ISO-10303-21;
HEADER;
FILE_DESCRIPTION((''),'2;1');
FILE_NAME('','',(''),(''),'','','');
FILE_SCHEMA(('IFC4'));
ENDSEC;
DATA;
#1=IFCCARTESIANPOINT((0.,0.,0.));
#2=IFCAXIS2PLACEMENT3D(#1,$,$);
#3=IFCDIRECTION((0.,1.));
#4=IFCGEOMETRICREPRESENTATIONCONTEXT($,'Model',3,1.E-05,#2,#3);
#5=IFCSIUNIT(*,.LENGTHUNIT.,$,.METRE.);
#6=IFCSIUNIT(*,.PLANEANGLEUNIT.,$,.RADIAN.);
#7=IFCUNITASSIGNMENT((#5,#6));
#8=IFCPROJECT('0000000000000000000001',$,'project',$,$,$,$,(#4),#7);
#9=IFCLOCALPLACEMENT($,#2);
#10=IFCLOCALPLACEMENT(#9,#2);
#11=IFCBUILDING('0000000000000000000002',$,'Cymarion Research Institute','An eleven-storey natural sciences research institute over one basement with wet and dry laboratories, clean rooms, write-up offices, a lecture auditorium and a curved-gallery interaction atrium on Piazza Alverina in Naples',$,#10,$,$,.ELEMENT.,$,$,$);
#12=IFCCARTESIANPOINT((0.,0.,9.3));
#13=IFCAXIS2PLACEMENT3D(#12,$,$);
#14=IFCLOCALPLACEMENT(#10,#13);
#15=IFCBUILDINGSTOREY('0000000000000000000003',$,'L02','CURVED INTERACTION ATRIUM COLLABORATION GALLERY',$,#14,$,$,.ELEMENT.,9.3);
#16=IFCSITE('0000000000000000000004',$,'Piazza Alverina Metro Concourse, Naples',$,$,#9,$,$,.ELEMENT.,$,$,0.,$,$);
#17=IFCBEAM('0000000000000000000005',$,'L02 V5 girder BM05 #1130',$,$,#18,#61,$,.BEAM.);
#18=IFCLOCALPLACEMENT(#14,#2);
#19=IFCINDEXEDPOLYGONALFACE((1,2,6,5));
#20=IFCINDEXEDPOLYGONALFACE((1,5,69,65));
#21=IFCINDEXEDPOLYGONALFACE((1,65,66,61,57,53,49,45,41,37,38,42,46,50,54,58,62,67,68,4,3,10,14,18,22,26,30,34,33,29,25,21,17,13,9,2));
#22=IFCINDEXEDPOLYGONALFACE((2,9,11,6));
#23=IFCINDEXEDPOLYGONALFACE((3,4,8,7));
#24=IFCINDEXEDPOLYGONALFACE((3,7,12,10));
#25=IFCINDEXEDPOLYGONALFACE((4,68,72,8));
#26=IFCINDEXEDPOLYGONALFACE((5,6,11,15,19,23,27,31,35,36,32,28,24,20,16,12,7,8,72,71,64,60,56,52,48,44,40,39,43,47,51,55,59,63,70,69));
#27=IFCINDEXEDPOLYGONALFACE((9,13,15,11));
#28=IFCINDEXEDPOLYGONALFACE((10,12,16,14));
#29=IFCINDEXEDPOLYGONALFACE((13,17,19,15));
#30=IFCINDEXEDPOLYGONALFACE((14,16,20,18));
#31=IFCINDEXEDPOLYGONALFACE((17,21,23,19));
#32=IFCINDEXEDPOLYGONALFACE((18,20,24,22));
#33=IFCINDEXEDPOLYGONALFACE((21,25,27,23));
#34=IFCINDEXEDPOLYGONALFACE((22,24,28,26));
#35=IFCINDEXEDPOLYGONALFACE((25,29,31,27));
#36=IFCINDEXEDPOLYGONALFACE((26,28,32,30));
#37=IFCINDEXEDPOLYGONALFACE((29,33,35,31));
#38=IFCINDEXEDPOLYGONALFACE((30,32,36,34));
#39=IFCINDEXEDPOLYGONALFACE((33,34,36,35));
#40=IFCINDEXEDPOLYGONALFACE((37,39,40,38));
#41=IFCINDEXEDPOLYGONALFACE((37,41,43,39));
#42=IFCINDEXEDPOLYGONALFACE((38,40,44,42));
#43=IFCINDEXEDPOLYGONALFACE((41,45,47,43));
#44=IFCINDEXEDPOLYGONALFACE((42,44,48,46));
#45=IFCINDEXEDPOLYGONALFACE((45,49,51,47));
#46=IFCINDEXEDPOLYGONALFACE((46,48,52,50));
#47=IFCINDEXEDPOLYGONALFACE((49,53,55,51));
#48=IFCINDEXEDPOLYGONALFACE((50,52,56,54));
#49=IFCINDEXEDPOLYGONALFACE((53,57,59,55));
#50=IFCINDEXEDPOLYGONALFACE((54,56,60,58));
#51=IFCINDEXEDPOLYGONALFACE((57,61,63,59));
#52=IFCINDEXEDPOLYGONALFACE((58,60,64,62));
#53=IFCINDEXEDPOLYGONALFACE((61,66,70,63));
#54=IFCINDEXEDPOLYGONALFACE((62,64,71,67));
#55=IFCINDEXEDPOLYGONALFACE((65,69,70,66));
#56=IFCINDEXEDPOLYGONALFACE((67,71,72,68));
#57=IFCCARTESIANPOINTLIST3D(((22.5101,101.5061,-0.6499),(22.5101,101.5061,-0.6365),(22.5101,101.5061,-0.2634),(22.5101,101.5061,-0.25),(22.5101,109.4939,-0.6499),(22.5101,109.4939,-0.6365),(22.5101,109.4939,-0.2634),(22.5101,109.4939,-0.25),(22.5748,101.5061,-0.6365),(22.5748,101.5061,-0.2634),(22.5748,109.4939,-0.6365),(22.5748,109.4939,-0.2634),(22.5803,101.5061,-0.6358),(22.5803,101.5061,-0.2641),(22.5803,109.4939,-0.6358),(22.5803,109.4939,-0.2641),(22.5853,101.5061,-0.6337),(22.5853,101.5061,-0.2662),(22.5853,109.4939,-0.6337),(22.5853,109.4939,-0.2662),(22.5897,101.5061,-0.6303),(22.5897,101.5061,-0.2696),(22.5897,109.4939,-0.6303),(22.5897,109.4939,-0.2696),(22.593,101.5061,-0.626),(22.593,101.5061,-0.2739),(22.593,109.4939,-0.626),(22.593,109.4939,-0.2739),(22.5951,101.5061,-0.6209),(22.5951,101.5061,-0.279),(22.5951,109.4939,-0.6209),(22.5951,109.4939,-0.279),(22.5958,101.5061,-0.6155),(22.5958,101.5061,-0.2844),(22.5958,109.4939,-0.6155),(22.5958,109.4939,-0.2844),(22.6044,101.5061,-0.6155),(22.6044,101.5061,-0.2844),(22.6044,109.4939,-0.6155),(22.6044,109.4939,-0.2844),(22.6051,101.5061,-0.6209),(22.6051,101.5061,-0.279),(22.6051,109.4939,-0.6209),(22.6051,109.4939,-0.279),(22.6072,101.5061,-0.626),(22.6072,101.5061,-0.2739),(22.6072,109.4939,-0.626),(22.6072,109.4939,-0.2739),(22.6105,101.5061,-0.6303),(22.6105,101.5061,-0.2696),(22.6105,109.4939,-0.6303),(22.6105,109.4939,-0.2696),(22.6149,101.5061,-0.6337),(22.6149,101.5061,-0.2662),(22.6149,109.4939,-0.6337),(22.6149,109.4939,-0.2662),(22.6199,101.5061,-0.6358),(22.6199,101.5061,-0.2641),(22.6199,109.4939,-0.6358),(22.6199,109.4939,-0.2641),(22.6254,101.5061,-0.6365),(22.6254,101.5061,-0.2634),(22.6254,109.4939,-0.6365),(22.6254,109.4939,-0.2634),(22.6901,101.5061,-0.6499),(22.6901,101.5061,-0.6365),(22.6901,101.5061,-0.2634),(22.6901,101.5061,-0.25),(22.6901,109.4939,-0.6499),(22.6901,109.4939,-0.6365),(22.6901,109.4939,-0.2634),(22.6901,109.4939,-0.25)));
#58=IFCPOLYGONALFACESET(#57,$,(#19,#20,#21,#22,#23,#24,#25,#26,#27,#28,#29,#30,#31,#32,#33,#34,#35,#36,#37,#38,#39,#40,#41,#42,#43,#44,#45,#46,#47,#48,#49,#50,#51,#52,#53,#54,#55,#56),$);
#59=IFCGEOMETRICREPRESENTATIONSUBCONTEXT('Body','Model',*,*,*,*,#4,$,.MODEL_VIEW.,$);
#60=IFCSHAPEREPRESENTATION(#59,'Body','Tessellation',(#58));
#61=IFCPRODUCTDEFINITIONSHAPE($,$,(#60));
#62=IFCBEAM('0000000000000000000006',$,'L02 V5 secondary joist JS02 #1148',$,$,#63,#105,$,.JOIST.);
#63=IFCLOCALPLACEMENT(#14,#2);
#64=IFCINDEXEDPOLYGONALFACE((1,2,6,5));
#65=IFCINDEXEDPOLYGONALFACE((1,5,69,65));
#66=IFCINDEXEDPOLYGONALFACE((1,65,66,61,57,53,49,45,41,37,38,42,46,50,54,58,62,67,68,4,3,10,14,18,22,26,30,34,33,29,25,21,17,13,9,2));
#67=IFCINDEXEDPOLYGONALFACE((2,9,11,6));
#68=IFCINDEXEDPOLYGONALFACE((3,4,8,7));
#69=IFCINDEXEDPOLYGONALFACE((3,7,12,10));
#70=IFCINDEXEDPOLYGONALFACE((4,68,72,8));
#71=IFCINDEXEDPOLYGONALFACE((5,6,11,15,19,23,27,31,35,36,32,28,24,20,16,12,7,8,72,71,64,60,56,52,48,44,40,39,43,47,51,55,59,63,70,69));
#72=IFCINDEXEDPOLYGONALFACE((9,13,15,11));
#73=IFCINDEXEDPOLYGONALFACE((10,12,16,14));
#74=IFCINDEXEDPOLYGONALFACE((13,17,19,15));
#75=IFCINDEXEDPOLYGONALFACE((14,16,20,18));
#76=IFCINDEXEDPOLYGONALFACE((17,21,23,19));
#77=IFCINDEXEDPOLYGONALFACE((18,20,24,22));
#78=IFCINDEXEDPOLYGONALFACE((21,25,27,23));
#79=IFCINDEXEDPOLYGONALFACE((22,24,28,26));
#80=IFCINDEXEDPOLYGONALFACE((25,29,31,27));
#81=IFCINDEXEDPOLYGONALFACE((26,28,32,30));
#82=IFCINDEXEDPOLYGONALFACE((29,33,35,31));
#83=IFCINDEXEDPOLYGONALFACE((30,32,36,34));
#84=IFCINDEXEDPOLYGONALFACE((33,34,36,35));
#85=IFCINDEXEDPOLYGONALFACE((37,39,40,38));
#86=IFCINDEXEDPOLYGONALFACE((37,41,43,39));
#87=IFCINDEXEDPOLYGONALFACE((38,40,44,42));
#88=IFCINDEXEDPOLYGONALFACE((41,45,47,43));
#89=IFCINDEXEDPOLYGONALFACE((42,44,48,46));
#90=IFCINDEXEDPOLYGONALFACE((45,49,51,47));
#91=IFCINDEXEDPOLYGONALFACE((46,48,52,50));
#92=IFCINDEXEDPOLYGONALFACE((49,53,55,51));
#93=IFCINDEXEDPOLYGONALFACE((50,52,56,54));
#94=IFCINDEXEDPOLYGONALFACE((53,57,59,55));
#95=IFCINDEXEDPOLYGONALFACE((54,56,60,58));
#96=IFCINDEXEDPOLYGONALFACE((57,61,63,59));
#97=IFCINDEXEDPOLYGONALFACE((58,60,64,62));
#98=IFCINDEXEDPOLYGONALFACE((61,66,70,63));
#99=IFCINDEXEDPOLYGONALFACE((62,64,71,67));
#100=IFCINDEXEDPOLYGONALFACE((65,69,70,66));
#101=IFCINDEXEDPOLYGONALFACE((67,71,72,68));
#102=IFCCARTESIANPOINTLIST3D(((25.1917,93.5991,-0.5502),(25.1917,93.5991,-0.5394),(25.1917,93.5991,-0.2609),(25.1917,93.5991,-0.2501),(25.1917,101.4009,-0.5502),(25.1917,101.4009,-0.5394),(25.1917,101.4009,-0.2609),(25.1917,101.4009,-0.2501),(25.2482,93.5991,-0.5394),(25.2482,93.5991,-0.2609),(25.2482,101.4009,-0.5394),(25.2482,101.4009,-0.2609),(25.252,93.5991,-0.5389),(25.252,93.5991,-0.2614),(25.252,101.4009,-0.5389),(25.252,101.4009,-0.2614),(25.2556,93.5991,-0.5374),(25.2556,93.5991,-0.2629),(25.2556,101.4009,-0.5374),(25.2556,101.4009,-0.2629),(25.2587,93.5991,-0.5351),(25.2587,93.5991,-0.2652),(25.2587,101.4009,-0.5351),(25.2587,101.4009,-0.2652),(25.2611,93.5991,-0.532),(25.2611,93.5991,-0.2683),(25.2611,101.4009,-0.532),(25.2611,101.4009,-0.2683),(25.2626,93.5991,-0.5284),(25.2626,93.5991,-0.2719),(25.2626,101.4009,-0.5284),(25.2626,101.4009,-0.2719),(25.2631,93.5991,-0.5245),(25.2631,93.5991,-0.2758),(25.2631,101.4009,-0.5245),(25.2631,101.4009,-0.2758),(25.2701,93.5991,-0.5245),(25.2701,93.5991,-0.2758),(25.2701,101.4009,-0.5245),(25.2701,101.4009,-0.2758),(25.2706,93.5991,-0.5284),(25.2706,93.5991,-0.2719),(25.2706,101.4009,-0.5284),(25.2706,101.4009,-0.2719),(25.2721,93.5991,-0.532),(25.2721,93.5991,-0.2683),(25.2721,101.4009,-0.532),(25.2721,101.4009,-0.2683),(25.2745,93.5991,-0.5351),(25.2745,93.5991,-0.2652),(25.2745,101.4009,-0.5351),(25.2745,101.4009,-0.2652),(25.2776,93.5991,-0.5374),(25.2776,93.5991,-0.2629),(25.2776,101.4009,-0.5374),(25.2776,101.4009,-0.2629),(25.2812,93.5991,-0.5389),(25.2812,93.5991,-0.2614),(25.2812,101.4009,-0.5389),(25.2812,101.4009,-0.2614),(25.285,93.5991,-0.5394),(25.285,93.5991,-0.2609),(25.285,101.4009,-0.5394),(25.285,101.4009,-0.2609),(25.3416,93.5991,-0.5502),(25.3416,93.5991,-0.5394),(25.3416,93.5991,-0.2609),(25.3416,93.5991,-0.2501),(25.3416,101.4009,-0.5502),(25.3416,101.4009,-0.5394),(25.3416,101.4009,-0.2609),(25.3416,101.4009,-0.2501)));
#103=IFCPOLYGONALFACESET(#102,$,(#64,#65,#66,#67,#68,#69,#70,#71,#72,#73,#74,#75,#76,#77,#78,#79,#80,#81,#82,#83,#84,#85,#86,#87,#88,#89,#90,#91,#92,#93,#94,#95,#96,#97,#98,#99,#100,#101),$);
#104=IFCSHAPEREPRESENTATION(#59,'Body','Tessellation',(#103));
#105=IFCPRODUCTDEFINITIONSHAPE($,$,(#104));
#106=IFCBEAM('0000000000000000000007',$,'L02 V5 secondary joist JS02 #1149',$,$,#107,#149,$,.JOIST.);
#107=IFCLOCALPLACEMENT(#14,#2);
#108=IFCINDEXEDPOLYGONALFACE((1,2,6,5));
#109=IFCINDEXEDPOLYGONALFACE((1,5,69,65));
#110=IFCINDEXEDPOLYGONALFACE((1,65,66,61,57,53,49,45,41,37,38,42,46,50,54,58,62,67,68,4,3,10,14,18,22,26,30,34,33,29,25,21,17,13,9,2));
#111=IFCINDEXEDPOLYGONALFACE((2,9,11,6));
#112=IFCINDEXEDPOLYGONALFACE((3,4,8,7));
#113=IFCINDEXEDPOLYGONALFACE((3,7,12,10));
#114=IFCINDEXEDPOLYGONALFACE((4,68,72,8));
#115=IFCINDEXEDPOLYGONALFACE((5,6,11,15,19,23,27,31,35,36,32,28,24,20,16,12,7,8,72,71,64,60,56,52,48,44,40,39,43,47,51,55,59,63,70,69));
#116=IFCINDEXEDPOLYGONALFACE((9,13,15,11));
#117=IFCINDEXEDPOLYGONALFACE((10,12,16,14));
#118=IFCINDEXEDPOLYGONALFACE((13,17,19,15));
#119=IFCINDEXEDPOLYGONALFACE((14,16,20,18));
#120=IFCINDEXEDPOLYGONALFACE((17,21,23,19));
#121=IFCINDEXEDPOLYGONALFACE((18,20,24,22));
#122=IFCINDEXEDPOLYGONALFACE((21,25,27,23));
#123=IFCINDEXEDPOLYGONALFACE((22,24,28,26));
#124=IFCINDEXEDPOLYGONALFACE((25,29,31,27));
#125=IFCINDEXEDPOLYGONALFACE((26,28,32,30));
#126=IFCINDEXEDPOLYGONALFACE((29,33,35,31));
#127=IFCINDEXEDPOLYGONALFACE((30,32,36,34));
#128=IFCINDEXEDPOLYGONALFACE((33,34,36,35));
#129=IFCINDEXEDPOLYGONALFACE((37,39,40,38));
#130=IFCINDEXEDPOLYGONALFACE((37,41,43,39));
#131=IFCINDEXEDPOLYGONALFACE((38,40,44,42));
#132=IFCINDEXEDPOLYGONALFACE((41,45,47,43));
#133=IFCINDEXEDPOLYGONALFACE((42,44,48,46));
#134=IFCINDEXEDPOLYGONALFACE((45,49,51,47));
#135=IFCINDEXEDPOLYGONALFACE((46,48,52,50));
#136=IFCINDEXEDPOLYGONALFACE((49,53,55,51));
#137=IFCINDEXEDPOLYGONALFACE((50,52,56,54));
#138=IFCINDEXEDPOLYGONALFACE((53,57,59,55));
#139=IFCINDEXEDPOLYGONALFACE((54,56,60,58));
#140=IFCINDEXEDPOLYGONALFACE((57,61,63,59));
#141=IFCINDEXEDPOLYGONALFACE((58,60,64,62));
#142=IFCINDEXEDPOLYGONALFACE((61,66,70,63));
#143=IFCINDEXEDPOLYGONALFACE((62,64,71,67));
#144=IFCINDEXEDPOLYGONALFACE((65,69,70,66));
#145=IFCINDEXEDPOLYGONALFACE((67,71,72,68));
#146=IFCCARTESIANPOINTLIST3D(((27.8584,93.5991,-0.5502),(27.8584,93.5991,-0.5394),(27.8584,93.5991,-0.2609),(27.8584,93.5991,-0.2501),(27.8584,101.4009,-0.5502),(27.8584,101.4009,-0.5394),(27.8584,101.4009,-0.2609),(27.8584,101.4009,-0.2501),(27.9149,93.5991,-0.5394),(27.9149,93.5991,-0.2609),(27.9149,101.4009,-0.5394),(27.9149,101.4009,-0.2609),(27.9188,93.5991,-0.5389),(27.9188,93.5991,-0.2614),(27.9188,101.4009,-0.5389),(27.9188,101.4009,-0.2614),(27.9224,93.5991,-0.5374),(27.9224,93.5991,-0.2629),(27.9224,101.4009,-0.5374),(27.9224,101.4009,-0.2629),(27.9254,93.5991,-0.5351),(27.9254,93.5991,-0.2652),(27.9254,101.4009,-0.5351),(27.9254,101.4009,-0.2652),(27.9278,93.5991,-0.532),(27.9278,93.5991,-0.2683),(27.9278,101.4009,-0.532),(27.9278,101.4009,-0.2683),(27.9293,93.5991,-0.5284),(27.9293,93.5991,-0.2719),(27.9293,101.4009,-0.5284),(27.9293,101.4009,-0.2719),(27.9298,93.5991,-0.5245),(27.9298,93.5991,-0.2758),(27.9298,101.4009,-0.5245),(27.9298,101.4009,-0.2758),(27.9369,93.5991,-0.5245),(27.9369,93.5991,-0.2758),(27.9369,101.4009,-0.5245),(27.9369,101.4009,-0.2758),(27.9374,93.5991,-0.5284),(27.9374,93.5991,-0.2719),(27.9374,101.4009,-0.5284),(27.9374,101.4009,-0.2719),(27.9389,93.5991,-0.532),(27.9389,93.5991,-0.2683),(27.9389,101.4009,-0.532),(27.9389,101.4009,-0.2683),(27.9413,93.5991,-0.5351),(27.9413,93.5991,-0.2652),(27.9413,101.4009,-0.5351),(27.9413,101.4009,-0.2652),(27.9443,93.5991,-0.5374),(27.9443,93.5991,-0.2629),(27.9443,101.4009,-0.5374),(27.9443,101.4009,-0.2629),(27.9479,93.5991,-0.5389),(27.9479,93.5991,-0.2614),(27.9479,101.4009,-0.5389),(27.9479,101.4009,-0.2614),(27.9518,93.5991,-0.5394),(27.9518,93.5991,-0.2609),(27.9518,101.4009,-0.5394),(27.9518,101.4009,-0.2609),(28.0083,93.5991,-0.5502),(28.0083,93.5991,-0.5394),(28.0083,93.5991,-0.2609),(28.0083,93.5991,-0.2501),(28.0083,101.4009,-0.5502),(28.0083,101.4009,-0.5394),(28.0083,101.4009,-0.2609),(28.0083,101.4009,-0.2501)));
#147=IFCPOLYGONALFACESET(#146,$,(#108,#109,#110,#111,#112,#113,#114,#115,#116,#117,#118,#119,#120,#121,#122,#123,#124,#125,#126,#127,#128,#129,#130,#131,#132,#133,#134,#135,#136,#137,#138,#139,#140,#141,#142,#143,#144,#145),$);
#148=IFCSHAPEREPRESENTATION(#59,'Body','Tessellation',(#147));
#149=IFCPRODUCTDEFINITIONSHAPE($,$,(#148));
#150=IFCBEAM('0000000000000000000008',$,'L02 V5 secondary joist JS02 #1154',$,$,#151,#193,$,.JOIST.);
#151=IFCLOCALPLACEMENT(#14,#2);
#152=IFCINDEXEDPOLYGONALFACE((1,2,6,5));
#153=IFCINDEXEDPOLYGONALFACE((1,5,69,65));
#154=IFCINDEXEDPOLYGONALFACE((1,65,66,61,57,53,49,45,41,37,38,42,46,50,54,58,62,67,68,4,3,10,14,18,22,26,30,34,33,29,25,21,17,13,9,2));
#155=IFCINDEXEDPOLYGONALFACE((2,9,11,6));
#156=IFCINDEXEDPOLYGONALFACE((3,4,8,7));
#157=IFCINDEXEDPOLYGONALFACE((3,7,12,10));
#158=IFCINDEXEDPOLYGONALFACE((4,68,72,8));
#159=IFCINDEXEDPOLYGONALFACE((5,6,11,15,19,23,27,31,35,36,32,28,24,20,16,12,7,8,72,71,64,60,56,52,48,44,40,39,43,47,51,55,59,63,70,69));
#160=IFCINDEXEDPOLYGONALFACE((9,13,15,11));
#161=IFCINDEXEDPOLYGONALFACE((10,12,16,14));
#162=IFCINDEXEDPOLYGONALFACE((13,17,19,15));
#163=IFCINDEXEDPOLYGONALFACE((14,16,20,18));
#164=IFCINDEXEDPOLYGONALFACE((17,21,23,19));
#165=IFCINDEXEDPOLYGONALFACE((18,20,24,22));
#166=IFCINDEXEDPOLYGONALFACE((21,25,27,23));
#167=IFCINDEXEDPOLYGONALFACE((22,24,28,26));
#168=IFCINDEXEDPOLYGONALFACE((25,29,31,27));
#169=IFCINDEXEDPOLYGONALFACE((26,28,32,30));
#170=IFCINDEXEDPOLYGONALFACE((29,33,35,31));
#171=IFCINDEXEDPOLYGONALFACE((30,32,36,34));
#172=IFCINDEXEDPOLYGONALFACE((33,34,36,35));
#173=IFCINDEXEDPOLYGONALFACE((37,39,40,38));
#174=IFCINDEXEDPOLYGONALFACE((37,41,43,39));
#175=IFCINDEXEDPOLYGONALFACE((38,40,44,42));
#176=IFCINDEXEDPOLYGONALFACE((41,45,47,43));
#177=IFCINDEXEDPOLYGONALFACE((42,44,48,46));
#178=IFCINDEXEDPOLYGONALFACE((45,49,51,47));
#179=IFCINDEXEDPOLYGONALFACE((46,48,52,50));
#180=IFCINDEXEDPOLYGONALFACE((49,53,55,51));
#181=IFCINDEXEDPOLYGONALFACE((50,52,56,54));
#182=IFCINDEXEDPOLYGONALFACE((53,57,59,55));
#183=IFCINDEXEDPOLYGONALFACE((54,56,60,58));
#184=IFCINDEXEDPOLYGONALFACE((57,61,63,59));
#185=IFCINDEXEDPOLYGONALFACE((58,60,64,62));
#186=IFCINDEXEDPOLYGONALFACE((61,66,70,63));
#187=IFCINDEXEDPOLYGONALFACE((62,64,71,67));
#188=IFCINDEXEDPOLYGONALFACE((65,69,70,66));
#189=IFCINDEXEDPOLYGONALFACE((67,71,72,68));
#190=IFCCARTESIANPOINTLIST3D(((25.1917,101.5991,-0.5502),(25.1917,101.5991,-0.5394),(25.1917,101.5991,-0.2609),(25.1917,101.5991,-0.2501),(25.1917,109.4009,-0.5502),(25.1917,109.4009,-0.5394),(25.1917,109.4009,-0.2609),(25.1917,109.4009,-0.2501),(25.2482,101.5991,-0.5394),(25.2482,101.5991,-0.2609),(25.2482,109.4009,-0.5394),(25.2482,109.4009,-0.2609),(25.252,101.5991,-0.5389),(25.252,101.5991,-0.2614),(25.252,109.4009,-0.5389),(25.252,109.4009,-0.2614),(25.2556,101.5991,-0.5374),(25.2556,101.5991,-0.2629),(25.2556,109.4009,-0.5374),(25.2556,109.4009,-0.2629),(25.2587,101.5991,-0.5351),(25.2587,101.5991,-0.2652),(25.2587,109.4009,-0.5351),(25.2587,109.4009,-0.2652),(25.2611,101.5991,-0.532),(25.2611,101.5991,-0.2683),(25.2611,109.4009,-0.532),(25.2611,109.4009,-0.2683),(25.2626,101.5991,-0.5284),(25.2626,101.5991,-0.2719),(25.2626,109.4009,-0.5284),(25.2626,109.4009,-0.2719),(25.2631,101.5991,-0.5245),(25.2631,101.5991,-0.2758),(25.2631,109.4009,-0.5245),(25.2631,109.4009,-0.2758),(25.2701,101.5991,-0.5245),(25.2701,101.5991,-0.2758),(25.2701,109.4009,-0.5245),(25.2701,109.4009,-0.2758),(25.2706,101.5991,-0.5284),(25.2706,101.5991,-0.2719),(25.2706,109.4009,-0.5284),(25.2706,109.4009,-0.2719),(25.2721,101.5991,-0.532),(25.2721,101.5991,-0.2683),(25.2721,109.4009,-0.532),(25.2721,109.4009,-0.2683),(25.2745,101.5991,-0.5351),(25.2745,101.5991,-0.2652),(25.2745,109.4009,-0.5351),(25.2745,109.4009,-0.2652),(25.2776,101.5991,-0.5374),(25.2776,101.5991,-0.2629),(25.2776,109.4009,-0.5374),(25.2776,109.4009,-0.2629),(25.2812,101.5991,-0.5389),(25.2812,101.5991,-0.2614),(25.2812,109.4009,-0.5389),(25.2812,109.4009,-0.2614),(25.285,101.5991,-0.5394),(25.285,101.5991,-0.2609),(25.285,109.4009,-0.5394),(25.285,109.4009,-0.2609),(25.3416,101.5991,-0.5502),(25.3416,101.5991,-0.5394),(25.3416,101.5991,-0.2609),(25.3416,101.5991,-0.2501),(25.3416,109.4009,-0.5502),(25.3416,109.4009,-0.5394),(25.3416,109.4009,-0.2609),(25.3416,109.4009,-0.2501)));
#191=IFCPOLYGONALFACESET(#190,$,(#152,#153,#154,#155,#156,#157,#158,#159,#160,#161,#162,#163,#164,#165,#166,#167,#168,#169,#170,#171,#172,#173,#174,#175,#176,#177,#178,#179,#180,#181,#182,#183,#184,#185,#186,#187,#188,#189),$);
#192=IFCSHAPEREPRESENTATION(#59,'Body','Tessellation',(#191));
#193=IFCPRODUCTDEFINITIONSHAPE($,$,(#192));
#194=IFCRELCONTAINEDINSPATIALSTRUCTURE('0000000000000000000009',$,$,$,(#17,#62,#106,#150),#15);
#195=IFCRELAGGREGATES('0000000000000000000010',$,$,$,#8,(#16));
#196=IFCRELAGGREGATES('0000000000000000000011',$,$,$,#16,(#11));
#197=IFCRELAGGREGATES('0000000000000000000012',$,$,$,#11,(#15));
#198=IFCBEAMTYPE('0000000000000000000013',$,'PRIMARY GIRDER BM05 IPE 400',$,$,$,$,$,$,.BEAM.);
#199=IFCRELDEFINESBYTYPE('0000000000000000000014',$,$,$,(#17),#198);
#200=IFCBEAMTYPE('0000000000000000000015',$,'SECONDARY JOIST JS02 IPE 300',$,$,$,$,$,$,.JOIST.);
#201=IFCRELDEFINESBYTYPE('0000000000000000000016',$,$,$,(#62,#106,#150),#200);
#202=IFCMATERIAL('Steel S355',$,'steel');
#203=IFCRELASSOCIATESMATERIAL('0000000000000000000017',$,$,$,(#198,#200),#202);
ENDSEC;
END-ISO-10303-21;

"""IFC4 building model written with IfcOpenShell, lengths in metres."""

from ifc_helpers import new_model, si_unit, direction, frame, origin, origin_2d, place, context, subcontext, project, spatial, i_section, extrude, material, material_profile, profile_set, type_object, element, save


model = new_model("IFC4")

# Units and contexts
model_context = context("Model", 3, precision=1e-05, world=origin(), true_north=direction((0.0, 1.0)))
body_context = subcontext(model_context, "Body", "Model", "MODEL_VIEW")
ifc_project = project(units=[si_unit("LENGTHUNIT", "METRE"), si_unit("PLANEANGLEUNIT", "RADIAN")], contexts=[model_context])

# Site, building, storey
site_placement = place(None, origin())
site = spatial("IfcSite", under=ifc_project, at=site_placement, Name="Piazza Alverina Metro Concourse, Naples", CompositionType="ELEMENT", RefElevation=0.0)
building_placement = place(site_placement, origin())
building = spatial("IfcBuilding", under=site, at=building_placement, Name="Cymarion Research Institute", Description="An eleven-storey natural sciences research institute over one basement with wet and dry laboratories, clean rooms, write-up offices, a lecture auditorium and a curved-gallery interaction atrium on Piazza Alverina in Naples", CompositionType="ELEMENT")
storey_placement = place(building_placement, frame((0.0, 0.0, 9.3)))
storey = spatial("IfcBuildingStorey", under=building, at=storey_placement, Name="L02", Description="CURVED INTERACTION ATRIUM COLLABORATION GALLERY", CompositionType="ELEMENT", Elevation=9.3)

# Shared definitions
ifc_material_1 = material(Name="Steel S355", Category="steel")

# Beams
ifc_material_profile_1 = material_profile(ifc_material_1, i_section(OverallWidth=0.1799, OverallDepth=0.3999, WebThickness=0.0085, FlangeThickness=0.0134, FilletRadius=0.021, at=origin_2d()), Name="IPE 400")
ifc_profile_set_1 = profile_set([ifc_material_profile_1], Name="Steel S355")
beam_type_1 = type_object("IfcBeamType", Name="PRIMARY GIRDER BM05 IPE 400", PredefinedType="BEAM", material=ifc_profile_set_1)
for number, where, z_axis, x_axis, name in (
    (1, (22.6001, 101.5061, -0.45), (0.0, 1.0, 0.0), (-1.0, 0.0, 0.0), "L02 V5 girder BM05 #1130"),
):
    element("IfcBeam", number, at=place(storey_placement, frame(where, z_axis=z_axis, x_axis=x_axis)), inside=storey, type_object=beam_type_1, Name=name, PredefinedType="BEAM", context=body_context, shape_type="SweptSolid", body=[
        extrude(i_section(OverallWidth=0.1799, OverallDepth=0.3999, WebThickness=0.0085, FlangeThickness=0.0134, FilletRadius=0.021, at=origin_2d()), origin(), (0.0, 0.0, 1.0), 7.9878),
    ])
ifc_material_profile_2 = material_profile(ifc_material_1, i_section(OverallWidth=0.1499, OverallDepth=0.3, WebThickness=0.0071, FlangeThickness=0.0107, FilletRadius=0.0149, at=origin_2d()), Name="IPE 300")
ifc_profile_set_2 = profile_set([ifc_material_profile_2], Name="Steel S355")
beam_type_2 = type_object("IfcBeamType", Name="SECONDARY JOIST JS02 IPE 300", PredefinedType="JOIST", material=ifc_profile_set_2)
for number, where, z_axis, x_axis, name in (
    (2, (25.2666, 93.5991, -0.4001), (0.0, 1.0, 0.0), (-1.0, 0.0, 0.0), "L02 V5 secondary joist JS02 #1148"),
    (3, (27.9333, 93.5991, -0.4001), (0.0, 1.0, 0.0), (-1.0, 0.0, 0.0), "L02 V5 secondary joist JS02 #1149"),
    (4, (25.2666, 101.5991, -0.4001), (0.0, 1.0, 0.0), (-1.0, 0.0, 0.0), "L02 V5 secondary joist JS02 #1154"),
):
    element("IfcBeam", number, at=place(storey_placement, frame(where, z_axis=z_axis, x_axis=x_axis)), inside=storey, type_object=beam_type_2, Name=name, PredefinedType="JOIST", context=body_context, shape_type="SweptSolid", body=[
        extrude(i_section(OverallWidth=0.1499, OverallDepth=0.3, WebThickness=0.0071, FlangeThickness=0.0107, FilletRadius=0.0149, at=origin_2d()), origin(), (0.0, 0.0, 1.0), 7.8018),
    ])

save(model, "model.ifc")
